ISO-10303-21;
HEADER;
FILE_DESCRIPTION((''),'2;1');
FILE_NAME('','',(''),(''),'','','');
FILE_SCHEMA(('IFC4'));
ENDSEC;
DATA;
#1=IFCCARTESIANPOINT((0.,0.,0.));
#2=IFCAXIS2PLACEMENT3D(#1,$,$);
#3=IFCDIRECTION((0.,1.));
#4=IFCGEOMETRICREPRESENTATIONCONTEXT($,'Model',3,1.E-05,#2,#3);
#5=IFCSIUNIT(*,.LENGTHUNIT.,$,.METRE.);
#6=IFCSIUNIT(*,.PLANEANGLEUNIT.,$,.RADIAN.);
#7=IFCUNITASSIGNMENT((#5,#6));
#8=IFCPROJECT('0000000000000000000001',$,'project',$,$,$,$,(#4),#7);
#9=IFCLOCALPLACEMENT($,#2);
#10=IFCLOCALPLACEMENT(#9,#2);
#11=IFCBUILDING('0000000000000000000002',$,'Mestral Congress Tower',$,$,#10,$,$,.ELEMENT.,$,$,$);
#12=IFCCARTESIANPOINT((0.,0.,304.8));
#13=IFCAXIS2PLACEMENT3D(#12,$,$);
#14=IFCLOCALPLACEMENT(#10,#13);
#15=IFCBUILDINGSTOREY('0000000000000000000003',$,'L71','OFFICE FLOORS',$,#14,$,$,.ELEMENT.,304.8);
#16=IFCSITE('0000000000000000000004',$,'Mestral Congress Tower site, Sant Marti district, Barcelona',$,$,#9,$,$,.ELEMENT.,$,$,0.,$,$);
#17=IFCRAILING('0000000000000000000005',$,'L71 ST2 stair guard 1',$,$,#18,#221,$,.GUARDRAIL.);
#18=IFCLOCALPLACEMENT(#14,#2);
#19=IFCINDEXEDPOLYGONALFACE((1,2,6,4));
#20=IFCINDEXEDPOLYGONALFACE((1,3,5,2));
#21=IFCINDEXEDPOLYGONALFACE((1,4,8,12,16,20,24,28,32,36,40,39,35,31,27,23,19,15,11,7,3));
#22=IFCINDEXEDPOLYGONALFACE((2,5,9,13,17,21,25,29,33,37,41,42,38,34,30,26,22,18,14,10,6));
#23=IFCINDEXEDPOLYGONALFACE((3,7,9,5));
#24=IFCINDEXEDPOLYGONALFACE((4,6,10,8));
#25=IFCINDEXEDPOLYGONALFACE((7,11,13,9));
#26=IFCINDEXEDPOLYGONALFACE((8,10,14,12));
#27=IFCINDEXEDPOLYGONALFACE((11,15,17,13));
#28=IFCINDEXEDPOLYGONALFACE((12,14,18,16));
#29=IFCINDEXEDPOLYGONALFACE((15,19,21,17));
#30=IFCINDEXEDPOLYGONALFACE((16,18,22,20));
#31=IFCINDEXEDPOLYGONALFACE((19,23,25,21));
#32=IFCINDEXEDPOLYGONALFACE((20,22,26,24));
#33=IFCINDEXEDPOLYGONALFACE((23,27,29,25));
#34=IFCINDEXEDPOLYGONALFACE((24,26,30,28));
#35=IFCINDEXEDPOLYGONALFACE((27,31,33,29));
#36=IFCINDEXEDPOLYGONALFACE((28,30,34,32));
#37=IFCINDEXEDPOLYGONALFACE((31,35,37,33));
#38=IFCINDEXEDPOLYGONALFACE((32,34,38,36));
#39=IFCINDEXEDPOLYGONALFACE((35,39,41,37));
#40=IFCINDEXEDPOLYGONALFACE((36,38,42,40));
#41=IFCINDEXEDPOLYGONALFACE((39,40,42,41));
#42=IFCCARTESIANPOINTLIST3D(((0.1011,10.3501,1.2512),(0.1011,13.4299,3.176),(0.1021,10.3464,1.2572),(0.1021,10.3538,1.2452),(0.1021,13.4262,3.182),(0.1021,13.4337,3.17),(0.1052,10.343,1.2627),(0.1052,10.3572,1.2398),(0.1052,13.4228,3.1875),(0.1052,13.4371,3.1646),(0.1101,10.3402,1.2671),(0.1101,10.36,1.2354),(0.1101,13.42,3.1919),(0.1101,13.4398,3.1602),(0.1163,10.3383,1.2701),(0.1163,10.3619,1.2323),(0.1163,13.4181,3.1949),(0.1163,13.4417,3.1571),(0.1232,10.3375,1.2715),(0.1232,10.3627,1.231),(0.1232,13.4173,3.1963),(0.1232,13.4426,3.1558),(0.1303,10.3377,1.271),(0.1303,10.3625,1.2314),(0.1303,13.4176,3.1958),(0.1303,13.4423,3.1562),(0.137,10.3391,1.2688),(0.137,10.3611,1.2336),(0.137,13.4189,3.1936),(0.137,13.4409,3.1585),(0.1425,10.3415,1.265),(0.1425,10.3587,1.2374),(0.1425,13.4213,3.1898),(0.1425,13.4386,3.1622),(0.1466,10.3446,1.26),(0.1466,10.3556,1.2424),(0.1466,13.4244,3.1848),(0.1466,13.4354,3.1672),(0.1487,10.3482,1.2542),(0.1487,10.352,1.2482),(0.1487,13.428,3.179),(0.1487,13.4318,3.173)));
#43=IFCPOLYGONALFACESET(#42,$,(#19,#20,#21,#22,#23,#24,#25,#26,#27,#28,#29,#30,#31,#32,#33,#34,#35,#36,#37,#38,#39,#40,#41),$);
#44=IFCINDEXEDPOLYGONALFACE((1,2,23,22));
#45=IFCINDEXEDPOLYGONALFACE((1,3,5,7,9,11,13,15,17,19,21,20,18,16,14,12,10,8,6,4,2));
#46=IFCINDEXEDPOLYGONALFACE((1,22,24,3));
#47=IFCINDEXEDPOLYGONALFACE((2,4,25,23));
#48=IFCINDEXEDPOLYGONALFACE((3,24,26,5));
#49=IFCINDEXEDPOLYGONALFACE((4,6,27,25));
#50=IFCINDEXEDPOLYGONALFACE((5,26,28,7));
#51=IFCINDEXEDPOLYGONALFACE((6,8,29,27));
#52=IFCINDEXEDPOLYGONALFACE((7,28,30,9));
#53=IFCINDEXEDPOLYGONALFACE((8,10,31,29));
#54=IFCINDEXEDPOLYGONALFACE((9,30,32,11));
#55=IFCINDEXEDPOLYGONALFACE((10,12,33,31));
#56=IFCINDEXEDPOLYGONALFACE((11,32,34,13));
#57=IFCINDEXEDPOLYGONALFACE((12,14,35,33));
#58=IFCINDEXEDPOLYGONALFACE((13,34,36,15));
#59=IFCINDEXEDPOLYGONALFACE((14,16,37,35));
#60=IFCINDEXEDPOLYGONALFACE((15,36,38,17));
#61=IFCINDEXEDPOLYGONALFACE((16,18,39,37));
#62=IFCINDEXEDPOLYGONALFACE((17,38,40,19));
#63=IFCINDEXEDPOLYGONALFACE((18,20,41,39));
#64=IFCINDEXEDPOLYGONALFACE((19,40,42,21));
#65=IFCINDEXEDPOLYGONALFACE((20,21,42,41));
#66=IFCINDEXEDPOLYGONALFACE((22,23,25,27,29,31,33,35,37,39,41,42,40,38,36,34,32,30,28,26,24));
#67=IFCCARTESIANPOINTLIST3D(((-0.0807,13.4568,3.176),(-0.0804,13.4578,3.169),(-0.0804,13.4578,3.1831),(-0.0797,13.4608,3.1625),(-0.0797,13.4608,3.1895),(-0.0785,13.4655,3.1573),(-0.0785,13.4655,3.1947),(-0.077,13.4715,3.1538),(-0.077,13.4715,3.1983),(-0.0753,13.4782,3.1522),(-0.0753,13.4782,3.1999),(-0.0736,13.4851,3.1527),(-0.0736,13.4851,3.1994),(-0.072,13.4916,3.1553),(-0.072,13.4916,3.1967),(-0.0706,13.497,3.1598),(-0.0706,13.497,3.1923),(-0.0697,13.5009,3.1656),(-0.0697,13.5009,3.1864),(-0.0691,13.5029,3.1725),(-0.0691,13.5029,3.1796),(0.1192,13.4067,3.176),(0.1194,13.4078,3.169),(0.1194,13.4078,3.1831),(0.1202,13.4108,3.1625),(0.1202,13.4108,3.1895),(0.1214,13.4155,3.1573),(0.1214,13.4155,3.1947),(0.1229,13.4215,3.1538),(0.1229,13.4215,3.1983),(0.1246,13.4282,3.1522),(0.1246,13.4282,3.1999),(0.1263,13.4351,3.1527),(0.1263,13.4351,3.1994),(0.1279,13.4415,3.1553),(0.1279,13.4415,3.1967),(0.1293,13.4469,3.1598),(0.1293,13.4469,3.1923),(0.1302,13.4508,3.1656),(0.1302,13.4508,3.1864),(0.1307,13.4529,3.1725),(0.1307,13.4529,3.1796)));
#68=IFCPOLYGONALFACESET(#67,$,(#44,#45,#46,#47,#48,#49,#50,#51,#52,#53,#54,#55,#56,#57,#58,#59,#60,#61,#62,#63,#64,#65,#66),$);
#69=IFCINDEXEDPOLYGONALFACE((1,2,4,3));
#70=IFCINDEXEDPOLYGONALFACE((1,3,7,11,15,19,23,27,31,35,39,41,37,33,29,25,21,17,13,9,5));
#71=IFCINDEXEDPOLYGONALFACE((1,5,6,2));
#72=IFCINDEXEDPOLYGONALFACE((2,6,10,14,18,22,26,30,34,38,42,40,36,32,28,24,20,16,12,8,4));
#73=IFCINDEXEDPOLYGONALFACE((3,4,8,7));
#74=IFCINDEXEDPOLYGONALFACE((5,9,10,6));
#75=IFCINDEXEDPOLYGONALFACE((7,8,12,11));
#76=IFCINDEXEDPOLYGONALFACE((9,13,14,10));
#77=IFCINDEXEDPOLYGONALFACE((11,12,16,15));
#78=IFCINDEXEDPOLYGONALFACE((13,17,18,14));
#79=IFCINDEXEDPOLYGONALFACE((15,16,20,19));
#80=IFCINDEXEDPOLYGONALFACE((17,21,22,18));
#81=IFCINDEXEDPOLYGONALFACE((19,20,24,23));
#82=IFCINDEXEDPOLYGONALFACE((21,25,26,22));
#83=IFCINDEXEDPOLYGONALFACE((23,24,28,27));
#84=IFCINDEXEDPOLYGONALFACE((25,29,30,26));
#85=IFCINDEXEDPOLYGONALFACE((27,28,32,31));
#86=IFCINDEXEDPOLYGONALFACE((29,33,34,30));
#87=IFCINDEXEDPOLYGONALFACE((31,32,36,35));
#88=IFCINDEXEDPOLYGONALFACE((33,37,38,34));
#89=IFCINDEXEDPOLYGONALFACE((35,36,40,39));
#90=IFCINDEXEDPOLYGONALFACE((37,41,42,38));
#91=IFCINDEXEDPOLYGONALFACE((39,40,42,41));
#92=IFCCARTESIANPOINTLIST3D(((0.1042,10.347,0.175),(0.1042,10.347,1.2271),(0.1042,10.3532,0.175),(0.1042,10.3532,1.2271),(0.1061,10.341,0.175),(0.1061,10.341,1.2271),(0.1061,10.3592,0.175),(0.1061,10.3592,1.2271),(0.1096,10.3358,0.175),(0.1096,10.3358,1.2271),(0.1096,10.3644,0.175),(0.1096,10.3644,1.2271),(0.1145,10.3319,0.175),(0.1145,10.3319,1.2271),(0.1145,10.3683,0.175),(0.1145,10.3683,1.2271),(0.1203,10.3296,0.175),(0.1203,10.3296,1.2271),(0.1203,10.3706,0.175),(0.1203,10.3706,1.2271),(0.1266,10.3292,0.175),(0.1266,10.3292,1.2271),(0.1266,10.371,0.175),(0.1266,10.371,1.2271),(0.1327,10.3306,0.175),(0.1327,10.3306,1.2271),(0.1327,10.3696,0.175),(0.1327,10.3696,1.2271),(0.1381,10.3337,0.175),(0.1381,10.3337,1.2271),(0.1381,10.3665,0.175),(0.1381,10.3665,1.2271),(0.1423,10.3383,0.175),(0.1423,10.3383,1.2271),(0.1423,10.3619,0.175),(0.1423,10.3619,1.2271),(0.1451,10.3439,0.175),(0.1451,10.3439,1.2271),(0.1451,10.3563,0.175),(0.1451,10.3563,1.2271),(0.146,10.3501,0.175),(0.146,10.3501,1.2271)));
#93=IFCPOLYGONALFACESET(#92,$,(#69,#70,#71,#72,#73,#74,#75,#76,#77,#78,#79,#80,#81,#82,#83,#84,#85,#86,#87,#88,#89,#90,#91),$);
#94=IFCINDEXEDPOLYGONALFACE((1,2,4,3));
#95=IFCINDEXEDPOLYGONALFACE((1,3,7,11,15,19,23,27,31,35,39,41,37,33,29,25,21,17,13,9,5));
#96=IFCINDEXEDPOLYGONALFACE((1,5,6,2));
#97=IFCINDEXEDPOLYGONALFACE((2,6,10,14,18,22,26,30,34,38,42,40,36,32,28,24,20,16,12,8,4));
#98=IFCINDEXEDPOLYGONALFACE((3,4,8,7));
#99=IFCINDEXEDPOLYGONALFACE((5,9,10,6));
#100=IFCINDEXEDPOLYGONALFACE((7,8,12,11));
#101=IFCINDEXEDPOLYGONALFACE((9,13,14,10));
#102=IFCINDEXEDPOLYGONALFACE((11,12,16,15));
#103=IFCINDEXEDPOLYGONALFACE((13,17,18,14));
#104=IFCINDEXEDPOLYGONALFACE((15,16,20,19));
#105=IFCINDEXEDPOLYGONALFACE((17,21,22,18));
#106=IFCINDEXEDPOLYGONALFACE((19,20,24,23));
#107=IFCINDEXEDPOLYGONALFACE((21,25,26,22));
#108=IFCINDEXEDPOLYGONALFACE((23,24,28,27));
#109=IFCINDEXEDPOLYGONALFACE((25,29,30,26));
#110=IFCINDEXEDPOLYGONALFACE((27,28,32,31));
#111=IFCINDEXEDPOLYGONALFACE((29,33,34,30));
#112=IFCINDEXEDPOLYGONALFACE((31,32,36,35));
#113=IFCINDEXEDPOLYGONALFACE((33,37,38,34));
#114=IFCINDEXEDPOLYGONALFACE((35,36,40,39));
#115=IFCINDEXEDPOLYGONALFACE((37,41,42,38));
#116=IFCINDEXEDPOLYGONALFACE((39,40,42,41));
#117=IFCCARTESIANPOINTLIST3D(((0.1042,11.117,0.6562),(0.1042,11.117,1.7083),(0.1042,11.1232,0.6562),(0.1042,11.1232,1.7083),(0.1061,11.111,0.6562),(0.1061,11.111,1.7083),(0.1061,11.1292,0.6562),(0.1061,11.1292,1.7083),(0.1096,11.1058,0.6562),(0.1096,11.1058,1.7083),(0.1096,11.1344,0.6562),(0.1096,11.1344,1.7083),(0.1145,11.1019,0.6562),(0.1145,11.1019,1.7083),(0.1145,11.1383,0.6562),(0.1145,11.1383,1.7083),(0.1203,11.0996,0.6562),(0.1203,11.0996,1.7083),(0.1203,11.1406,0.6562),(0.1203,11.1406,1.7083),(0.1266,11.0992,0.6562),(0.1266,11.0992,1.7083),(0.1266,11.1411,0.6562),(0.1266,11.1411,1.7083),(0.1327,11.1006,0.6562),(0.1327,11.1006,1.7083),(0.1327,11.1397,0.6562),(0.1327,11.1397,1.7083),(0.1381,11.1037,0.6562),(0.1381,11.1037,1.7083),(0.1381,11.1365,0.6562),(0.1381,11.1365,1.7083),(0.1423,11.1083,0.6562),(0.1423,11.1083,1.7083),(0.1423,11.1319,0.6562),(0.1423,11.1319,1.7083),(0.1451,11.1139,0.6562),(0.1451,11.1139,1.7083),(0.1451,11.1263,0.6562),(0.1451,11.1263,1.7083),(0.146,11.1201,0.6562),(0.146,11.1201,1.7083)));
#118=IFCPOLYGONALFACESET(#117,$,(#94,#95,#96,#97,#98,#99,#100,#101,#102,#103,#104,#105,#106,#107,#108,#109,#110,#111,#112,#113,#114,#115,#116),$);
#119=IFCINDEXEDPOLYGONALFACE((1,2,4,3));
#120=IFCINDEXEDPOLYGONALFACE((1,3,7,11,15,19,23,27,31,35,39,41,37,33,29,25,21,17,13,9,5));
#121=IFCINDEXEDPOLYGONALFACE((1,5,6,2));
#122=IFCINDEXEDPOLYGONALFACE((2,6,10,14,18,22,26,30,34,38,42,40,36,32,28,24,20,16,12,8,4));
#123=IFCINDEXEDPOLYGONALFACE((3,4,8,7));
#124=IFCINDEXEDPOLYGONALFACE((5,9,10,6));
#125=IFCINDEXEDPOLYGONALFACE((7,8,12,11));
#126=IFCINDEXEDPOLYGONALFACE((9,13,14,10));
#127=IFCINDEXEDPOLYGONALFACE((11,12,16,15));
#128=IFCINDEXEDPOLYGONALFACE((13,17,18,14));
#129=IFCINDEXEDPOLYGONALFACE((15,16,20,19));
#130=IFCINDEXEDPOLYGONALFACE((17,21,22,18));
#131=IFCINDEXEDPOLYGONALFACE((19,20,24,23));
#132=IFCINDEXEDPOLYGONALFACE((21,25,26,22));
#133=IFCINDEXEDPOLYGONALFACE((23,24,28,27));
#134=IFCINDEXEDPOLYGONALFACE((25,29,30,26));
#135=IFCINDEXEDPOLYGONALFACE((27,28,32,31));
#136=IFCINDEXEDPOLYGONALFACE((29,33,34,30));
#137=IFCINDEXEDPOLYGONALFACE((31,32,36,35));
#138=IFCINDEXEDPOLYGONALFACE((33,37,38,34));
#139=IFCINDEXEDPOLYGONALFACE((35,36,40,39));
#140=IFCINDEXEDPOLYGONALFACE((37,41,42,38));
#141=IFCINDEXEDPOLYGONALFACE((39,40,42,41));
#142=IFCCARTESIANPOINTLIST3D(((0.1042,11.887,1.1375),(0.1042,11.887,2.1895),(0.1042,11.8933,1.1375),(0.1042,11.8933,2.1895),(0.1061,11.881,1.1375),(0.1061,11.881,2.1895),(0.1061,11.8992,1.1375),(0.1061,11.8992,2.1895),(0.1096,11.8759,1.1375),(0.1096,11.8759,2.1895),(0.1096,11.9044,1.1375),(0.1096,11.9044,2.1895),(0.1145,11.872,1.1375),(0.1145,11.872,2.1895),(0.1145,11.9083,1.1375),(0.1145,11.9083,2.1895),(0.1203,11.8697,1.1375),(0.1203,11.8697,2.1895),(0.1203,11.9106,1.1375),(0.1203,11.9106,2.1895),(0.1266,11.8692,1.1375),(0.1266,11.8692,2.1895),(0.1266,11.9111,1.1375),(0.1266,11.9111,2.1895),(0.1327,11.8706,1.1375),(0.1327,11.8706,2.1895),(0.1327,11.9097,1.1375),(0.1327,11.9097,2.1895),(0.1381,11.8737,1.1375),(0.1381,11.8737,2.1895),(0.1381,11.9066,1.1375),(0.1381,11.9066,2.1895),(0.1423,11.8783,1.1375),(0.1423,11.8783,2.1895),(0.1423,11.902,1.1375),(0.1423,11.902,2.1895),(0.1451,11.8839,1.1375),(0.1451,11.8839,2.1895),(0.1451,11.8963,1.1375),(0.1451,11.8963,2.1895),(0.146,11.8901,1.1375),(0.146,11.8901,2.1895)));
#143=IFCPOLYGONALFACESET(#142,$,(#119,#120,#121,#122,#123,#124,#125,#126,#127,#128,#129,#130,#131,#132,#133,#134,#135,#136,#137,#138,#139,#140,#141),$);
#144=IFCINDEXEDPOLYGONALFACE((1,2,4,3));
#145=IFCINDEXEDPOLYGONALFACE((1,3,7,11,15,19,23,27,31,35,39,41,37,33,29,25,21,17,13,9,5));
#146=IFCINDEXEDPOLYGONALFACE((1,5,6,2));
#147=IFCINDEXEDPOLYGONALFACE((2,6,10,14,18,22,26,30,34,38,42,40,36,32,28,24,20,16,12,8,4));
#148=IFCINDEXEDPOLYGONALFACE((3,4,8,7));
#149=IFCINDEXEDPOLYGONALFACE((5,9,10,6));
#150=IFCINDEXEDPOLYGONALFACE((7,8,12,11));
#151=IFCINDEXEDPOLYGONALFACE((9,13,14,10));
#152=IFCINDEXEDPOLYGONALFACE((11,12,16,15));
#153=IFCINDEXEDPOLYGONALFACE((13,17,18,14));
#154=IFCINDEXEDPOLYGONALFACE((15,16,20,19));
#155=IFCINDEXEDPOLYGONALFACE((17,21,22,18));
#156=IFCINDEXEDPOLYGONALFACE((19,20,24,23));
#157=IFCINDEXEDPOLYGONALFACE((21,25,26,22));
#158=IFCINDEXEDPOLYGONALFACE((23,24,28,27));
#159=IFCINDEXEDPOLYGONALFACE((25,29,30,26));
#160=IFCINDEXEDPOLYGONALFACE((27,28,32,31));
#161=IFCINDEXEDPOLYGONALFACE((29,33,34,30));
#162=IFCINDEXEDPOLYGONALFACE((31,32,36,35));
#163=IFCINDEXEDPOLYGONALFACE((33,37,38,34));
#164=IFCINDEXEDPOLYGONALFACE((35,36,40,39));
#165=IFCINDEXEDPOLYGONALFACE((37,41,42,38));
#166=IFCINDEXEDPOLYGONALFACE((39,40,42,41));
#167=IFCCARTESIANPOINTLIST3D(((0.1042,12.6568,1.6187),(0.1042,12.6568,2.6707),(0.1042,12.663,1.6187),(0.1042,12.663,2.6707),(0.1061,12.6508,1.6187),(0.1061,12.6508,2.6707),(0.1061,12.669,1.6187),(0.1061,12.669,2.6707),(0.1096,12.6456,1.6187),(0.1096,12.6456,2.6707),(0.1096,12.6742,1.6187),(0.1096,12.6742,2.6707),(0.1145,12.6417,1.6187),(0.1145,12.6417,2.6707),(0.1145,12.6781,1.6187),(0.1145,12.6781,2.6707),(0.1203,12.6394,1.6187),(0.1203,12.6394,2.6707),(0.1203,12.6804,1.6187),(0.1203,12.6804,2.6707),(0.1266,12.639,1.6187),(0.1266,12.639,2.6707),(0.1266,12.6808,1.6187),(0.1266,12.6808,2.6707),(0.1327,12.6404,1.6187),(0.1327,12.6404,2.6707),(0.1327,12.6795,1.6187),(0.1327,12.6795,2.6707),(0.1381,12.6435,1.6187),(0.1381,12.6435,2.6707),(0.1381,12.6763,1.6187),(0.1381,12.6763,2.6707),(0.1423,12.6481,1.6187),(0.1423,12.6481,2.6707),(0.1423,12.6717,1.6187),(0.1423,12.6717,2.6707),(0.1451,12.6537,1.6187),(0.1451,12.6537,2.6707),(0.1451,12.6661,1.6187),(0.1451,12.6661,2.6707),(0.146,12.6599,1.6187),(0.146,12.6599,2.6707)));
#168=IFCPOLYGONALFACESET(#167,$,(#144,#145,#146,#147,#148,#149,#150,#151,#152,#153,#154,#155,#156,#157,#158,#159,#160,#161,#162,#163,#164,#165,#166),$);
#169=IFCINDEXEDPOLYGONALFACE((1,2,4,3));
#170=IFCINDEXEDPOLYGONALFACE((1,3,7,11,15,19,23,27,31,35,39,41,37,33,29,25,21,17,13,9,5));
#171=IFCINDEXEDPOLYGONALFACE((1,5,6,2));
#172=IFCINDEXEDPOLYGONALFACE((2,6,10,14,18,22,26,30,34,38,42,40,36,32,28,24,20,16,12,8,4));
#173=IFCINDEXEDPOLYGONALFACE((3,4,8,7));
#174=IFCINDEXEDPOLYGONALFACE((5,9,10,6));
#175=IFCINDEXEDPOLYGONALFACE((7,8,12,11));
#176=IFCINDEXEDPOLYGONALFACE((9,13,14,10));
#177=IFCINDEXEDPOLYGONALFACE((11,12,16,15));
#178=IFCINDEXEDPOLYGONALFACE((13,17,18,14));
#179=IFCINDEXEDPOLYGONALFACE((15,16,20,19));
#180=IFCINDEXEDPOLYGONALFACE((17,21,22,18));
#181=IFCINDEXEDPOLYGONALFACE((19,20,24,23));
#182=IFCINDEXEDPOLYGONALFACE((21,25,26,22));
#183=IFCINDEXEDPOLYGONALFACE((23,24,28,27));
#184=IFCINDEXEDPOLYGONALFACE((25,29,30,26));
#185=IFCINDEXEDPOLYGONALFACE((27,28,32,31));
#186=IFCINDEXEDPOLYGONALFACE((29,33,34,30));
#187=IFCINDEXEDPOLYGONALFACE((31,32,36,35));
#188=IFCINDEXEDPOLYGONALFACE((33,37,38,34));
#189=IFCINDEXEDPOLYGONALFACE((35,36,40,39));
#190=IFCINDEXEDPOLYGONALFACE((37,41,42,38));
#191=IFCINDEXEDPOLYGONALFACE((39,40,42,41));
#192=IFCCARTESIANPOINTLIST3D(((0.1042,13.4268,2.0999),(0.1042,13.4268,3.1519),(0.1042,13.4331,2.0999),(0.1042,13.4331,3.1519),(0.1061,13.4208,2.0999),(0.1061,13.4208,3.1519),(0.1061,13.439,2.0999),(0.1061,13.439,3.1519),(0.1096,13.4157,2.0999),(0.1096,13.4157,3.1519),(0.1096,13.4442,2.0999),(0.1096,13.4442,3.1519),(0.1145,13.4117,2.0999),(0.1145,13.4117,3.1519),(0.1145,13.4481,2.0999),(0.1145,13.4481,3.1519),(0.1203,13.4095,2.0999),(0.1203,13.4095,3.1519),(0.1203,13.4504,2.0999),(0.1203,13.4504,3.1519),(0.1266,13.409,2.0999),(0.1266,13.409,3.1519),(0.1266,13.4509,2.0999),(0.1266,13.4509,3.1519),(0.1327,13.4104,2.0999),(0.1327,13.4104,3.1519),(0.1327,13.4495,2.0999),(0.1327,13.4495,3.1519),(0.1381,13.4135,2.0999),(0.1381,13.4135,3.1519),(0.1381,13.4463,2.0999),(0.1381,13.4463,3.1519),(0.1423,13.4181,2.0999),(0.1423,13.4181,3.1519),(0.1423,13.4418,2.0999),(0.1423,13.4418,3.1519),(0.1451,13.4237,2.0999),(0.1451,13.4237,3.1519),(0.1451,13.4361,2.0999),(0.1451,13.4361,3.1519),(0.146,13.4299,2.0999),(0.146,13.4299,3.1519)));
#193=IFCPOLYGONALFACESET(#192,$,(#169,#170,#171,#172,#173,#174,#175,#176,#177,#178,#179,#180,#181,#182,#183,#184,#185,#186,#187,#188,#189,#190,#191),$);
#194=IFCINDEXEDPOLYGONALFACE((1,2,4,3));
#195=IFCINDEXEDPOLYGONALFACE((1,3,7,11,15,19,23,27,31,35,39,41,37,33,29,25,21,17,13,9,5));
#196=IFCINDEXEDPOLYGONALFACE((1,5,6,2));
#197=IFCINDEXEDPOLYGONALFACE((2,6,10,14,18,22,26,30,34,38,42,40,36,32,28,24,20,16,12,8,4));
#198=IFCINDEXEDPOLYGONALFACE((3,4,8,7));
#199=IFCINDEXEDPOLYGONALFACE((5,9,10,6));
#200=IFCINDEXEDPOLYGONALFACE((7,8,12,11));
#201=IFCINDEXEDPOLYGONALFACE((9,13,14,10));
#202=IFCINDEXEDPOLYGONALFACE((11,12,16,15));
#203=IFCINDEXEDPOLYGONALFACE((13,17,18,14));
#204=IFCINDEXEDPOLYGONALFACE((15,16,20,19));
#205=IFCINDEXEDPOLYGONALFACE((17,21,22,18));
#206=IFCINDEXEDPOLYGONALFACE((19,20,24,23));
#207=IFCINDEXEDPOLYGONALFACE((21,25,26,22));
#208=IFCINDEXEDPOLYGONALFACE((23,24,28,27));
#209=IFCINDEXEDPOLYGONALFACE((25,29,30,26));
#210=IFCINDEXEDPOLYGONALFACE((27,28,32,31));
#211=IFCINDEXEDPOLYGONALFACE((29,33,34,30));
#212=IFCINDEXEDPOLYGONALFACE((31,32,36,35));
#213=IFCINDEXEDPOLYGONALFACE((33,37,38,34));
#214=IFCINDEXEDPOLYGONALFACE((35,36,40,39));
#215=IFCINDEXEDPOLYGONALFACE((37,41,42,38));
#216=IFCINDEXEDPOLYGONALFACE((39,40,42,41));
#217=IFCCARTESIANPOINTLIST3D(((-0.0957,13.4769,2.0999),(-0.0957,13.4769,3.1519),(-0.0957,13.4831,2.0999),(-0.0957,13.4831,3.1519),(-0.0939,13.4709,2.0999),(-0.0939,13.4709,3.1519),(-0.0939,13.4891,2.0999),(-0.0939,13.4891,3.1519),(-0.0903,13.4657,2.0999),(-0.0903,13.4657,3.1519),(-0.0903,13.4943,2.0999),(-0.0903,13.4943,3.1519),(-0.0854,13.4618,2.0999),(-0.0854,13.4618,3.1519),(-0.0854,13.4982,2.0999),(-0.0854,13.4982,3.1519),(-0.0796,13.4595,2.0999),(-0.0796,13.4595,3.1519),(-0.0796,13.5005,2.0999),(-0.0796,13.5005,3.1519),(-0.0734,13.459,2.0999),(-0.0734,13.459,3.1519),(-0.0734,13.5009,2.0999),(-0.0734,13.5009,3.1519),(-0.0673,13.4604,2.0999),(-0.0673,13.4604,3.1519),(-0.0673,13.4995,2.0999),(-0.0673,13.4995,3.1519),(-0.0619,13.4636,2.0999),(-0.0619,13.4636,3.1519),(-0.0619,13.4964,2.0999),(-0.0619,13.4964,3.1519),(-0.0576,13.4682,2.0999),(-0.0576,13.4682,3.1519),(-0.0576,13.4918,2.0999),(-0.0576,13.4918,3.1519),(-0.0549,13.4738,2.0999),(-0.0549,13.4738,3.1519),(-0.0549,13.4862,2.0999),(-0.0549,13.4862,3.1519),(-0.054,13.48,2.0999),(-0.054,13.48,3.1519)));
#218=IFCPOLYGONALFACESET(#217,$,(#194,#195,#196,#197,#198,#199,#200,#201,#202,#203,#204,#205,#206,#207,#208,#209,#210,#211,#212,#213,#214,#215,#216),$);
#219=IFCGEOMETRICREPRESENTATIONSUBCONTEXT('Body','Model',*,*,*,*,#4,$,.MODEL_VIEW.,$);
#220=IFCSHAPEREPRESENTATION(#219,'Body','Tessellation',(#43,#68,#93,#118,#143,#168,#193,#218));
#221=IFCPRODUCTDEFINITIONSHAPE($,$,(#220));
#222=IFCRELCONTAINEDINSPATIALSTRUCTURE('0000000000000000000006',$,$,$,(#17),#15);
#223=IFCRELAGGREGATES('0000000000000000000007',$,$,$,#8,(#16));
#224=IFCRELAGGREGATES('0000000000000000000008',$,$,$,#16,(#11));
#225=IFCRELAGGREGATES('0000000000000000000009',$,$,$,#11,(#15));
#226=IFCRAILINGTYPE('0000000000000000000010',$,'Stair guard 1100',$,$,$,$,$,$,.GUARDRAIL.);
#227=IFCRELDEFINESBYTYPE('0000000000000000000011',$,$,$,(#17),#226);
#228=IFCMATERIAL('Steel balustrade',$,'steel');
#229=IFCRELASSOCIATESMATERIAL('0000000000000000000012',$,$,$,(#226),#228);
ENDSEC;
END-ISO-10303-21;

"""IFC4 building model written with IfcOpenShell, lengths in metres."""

from ifc_helpers import new_model, si_unit, direction, frame, origin, origin_2d, place, context, subcontext, project, spatial, circle, extrude, material, type_object, element, save


model = new_model("IFC4")

# Units and contexts
model_context = context("Model", 3, precision=1e-05, world=origin(), true_north=direction((0.0, 1.0)))
body_context = subcontext(model_context, "Body", "Model", "MODEL_VIEW")
ifc_project = project(units=[si_unit("LENGTHUNIT", "METRE"), si_unit("PLANEANGLEUNIT", "RADIAN")], contexts=[model_context])

# Site, building, storey
site_placement = place(None, origin())
site = spatial("IfcSite", under=ifc_project, at=site_placement, Name="Mestral Congress Tower site, Sant Marti district, Barcelona", CompositionType="ELEMENT", RefElevation=0.0)
building_placement = place(site_placement, origin())
building = spatial("IfcBuilding", under=site, at=building_placement, Name="Mestral Congress Tower", CompositionType="ELEMENT")
storey_placement = place(building_placement, frame((0.0, 0.0, 304.8)))
storey = spatial("IfcBuildingStorey", under=building, at=storey_placement, Name="L71", Description="OFFICE FLOORS", CompositionType="ELEMENT", Elevation=304.8)

# Railing
ifc_material_1 = material(Name="Steel balustrade", Category="steel")
railing_type_1 = type_object("IfcRailingType", Name="Stair guard 1100", PredefinedType="GUARDRAIL", material=ifc_material_1)
railing_1_placement = place(storey_placement, frame((0.125, 10.3501, 0.175)))
element("IfcRailing", 1, at=railing_1_placement, inside=storey, type_object=railing_type_1, Name="L71 ST2 stair guard 1", PredefinedType="GUARDRAIL", context=body_context, shape_type="SweptSolid", body=[
    extrude(circle(Radius=0.0239, at=origin_2d()), frame((0.0, 0.0, 1.0762), z_axis=(0.0, 0.84801, 0.529981), x_axis=(-1.0, 0.0, 0.0)), (0.0, 0.0, 1.0), 3.6318),
    extrude(circle(Radius=0.0239, at=origin_2d()), frame((0.0, 3.0798, 3.001), z_axis=(-0.970073, 0.242814, 0.0), x_axis=(-0.242814, -0.970073, 0.0)), (0.0, 0.0, 1.0), 0.2061),
    extrude(circle(Radius=0.021, at=origin_2d()), origin(), (0.0, 0.0, 1.0), 1.052),
    extrude(circle(Radius=0.021, at=origin_2d()), frame((0.0, 0.77, 0.4812)), (0.0, 0.0, 1.0), 1.052),
    extrude(circle(Radius=0.021, at=origin_2d()), frame((0.0, 1.54, 0.9624)), (0.0, 0.0, 1.0), 1.052),
    extrude(circle(Radius=0.021, at=origin_2d()), frame((0.0, 2.3098, 1.4436)), (0.0, 0.0, 1.0), 1.052),
    extrude(circle(Radius=0.021, at=origin_2d()), frame((0.0, 3.0798, 1.9248)), (0.0, 0.0, 1.0), 1.052),
    extrude(circle(Radius=0.021, at=origin_2d()), frame((-0.2, 3.1299, 1.9248)), (0.0, 0.0, 1.0), 1.052),
])

save(model, "model.ifc")
